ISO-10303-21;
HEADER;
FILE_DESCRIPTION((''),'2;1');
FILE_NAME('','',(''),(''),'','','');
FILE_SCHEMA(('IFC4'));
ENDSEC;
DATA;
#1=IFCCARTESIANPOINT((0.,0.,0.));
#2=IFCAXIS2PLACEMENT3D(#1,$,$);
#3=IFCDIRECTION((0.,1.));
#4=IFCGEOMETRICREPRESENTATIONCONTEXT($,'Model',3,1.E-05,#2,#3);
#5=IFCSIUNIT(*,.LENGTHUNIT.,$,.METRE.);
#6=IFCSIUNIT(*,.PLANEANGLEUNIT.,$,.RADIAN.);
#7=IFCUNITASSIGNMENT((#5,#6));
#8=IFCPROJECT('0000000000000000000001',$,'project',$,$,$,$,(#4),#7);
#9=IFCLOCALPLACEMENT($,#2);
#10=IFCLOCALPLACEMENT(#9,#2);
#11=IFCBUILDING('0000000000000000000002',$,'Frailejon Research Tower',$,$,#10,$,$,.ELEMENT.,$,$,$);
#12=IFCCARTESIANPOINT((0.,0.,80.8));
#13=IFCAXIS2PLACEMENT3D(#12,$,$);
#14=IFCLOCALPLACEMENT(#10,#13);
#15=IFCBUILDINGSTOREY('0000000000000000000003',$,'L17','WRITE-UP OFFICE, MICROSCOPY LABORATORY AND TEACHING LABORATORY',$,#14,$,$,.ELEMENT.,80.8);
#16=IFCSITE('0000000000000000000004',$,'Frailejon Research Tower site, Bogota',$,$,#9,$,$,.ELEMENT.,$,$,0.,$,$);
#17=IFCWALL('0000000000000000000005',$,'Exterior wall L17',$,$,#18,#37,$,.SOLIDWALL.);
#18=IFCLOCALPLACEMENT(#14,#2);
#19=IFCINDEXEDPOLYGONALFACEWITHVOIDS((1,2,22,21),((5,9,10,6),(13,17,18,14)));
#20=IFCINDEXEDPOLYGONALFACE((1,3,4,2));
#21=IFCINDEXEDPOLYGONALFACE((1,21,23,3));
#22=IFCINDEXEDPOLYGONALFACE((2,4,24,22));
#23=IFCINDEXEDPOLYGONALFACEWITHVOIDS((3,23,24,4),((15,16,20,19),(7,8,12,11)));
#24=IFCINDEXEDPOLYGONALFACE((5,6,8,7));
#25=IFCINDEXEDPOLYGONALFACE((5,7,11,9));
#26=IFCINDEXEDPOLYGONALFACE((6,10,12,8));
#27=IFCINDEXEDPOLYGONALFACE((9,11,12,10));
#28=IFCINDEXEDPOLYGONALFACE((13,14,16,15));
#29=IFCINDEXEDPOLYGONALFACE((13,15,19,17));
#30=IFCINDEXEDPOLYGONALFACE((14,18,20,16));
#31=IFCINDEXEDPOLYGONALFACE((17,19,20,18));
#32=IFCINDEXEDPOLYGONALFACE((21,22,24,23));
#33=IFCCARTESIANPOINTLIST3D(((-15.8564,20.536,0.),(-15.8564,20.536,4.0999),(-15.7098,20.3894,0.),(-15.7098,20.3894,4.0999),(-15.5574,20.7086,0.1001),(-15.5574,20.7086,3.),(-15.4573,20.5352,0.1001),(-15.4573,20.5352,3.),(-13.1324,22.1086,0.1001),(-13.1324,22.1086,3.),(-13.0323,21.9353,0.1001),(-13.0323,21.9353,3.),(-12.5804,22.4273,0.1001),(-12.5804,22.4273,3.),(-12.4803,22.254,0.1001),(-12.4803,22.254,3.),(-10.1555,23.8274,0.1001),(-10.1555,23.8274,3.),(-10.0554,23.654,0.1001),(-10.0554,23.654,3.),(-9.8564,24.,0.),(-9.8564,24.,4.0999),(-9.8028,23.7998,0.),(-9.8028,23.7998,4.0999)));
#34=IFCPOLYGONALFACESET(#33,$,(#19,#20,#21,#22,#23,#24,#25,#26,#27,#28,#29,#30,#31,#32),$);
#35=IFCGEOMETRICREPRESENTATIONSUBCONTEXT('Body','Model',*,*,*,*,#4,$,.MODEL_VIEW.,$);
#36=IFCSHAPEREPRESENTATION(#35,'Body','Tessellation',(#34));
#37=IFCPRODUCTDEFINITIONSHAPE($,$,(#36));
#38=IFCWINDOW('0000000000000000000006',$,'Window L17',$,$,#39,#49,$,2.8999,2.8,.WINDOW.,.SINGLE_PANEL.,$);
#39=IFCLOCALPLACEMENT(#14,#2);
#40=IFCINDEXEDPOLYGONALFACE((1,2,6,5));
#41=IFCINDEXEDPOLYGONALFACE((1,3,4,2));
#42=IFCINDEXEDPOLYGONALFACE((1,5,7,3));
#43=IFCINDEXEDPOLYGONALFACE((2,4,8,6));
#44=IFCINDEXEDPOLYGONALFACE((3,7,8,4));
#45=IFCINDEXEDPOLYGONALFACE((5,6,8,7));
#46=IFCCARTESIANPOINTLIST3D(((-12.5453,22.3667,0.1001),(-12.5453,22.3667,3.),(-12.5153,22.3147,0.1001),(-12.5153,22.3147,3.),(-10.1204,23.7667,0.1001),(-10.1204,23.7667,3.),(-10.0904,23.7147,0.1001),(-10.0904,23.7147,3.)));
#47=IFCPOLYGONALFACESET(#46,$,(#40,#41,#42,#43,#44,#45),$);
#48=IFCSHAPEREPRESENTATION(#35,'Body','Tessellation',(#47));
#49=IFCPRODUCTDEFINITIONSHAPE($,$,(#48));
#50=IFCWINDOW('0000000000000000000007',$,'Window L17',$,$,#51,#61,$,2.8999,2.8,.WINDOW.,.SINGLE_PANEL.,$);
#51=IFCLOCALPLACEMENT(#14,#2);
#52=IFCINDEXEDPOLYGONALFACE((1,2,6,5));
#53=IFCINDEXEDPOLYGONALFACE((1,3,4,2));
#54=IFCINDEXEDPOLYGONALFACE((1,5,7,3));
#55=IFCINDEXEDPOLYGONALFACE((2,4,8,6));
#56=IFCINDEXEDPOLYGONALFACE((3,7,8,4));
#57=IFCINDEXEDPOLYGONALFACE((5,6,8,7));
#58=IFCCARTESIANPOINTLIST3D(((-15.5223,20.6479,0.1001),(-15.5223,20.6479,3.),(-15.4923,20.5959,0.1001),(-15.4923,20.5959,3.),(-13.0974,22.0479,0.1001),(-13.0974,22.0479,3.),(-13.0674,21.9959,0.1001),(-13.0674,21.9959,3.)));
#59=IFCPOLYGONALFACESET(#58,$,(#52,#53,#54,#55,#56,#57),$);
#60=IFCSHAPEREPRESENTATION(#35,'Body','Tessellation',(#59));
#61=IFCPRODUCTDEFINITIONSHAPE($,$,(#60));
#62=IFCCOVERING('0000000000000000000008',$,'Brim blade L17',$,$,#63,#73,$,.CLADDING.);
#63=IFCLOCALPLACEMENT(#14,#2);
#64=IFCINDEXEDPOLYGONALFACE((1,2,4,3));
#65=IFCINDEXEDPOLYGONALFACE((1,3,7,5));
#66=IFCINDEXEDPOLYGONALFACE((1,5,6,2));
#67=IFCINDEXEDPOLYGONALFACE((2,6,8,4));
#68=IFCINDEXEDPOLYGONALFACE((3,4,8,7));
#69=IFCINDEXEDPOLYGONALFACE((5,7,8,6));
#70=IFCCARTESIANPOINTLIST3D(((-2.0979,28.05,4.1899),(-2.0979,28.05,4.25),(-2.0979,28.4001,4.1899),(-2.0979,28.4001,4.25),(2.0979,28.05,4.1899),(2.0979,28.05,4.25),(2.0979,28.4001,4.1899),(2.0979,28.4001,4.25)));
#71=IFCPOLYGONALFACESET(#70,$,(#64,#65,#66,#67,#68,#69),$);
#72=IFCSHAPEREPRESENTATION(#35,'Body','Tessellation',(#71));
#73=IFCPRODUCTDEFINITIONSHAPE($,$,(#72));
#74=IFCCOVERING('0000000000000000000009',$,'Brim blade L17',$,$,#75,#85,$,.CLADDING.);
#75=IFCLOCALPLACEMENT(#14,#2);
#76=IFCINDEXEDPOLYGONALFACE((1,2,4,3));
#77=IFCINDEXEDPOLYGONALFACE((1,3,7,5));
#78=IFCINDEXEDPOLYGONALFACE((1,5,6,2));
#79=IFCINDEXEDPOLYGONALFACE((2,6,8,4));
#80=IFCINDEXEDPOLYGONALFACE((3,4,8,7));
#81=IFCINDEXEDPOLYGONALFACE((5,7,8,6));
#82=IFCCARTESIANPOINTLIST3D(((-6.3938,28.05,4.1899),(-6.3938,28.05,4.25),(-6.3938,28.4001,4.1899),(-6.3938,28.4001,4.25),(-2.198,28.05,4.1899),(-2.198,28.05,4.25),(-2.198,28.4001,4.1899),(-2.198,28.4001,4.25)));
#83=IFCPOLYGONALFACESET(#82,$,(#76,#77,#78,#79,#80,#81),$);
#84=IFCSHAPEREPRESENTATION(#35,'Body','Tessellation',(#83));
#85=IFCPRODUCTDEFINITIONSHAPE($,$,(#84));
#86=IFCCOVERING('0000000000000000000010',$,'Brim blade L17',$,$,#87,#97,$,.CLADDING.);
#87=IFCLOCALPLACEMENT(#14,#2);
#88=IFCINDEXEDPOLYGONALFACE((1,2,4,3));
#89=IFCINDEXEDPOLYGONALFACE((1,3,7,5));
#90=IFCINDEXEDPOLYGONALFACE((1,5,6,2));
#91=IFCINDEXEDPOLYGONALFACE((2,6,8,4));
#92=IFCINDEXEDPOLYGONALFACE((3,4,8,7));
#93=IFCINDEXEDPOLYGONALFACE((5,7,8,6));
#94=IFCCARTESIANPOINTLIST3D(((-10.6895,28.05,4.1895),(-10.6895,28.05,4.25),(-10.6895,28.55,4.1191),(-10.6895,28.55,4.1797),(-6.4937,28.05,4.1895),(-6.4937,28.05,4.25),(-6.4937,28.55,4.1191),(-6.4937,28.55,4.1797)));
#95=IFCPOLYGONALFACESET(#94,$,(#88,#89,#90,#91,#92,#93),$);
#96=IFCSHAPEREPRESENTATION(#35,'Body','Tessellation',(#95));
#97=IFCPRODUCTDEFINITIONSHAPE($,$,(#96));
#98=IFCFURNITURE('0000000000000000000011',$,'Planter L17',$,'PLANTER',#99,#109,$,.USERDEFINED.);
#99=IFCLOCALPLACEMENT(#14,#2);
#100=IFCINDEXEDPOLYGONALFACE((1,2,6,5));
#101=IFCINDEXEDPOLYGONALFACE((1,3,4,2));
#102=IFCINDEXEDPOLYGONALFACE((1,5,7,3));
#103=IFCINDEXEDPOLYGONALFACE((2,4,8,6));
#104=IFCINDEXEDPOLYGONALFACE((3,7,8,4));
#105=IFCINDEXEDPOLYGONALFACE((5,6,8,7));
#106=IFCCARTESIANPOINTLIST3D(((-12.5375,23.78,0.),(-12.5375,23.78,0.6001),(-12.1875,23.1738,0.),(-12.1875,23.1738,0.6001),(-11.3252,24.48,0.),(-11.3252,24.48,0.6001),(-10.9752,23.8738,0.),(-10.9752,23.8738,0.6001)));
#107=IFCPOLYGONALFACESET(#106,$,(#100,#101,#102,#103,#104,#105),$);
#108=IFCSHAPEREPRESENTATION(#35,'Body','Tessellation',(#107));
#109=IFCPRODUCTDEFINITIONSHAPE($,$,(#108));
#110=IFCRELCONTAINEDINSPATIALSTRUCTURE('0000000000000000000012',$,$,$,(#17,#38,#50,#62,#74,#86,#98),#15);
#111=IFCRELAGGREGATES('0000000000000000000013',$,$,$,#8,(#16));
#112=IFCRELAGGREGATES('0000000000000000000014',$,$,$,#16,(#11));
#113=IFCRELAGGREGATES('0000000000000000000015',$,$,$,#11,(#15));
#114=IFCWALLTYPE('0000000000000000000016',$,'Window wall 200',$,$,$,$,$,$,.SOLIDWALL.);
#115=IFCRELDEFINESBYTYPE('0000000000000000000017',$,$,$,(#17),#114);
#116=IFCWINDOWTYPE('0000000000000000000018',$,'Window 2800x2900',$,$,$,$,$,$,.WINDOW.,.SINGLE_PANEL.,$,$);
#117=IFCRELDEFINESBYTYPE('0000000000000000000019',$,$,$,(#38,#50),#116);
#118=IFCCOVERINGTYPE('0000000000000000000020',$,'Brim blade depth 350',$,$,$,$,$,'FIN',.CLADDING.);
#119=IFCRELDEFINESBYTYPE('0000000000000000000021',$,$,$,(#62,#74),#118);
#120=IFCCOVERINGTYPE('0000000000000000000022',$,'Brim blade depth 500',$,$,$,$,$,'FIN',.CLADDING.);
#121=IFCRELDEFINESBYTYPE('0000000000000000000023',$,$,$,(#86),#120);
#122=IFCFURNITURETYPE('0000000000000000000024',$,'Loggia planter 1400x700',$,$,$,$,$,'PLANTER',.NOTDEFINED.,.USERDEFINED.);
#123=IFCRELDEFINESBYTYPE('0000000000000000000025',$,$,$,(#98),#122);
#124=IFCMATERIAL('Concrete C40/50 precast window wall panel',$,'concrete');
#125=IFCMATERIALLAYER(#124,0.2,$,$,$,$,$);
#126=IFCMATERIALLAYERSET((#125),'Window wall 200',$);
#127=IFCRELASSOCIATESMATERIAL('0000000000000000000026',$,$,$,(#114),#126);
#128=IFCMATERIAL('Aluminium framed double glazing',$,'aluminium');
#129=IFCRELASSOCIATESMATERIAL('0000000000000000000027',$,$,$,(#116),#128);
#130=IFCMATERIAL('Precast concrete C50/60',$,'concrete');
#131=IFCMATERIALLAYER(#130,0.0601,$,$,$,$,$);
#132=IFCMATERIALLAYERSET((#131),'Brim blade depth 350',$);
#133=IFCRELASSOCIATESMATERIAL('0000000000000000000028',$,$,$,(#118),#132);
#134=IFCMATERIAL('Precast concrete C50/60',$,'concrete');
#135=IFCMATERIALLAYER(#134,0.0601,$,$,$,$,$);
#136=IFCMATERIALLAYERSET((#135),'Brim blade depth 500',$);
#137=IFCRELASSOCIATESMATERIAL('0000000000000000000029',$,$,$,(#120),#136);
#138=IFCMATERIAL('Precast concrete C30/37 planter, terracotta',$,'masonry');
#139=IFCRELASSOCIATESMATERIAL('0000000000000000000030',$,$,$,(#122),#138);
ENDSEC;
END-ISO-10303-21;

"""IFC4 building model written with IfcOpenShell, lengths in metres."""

from ifc_helpers import new_model, si_unit, direction, frame, frame_2d, origin, origin_2d, place, context, subcontext, project, spatial, polyline, rectangle, outline, extrude, material, layer, layer_set, type_object, element, fill, save


model = new_model("IFC4")

# Units and contexts
model_context = context("Model", 3, precision=1e-05, world=origin(), true_north=direction((0.0, 1.0)))
body_context = subcontext(model_context, "Body", "Model", "MODEL_VIEW")
ifc_project = project(units=[si_unit("LENGTHUNIT", "METRE"), si_unit("PLANEANGLEUNIT", "RADIAN")], contexts=[model_context])

# Site, building, storey
site_placement = place(None, origin())
site = spatial("IfcSite", under=ifc_project, at=site_placement, Name="Frailejon Research Tower site, Bogota", CompositionType="ELEMENT", RefElevation=0.0)
building_placement = place(site_placement, origin())
building = spatial("IfcBuilding", under=site, at=building_placement, Name="Frailejon Research Tower", CompositionType="ELEMENT")
storey_placement = place(building_placement, frame((0.0, 0.0, 80.8)))
storey = spatial("IfcBuildingStorey", under=building, at=storey_placement, Name="L17", Description="WRITE-UP OFFICE, MICROSCOPY LABORATORY AND TEACHING LABORATORY", CompositionType="ELEMENT", Elevation=80.8)

# Wall, openings, windows
ifc_material_1 = material(Name="Concrete C40/50 precast window wall panel", Category="concrete")
ifc_layer_1 = layer(ifc_material_1, 0.2)
ifc_layer_set_1 = layer_set([ifc_layer_1], Name="Window wall 200")
wall_type_1 = type_object("IfcWallType", Name="Window wall 200", PredefinedType="SOLIDWALL", material=ifc_layer_set_1)
wall_1_placement = place(storey_placement, frame((-9.8296, 23.8999, 0.0), z_axis=(0.0, 0.0, 1.0), x_axis=(-0.866029, -0.499993, 0.0)))
wall_1 = element("IfcWall", 1, at=wall_1_placement, inside=storey, type_object=wall_type_1, Name="Exterior wall L17", PredefinedType="SOLIDWALL", context=body_context, shape_type="SweptSolid", body=[
    extrude(outline(polyline([(-0.0269, -0.1001), (1.1279, -0.1001), (2.2825, -0.1001), (3.4373, -0.1001), (4.592, -0.1001), (5.7466, -0.1001), (6.9014, -0.1001), (6.8477, 0.1001), (5.7109, 0.1001), (4.574, 0.1001), (3.4373, 0.1001), (2.3005, 0.1001), (1.1636, 0.1001), (0.0269, 0.1001), (-0.0269, -0.1001)])), origin(), (0.0, 0.0, 1.0), 4.0999),
])
opening_1_placement = place(wall_1_placement, frame((0.3186, 0.0, 0.1001)))
opening_1 = element("IfcOpeningElement", 2, at=opening_1_placement, cuts=wall_1, PredefinedType="OPENING", context=body_context, shape_type="SweptSolid", body=[
    extrude(rectangle(XDim=2.8, YDim=2.8999, at=frame_2d((1.3999, 1.45))), frame((0.0, 0.1099, 0.0), z_axis=(0.0, -1.0, 0.0), x_axis=(1.0, 0.0, 0.0)), (0.0, 0.0, 1.0), 0.22),
])
opening_2_placement = place(wall_1_placement, frame((3.7561, 0.0, 0.1001)))
opening_2 = element("IfcOpeningElement", 3, at=opening_2_placement, cuts=wall_1, PredefinedType="OPENING", context=body_context, shape_type="SweptSolid", body=[
    extrude(rectangle(XDim=2.8, YDim=2.8999, at=frame_2d((1.3999, 1.45))), frame((0.0, 0.1099, 0.0), z_axis=(0.0, -1.0, 0.0), x_axis=(1.0, 0.0, 0.0)), (0.0, 0.0, 1.0), 0.22),
])
ifc_material_2 = material(Name="Aluminium framed double glazing", Category="aluminium")
window_type = type_object("IfcWindowType", Name="Window 2800x2900", PartitioningType="SINGLE_PANEL", PredefinedType="WINDOW", material=ifc_material_2)
window_1_placement = place(opening_1_placement, origin())
window_1 = element("IfcWindow", 4, at=window_1_placement, inside=storey, type_object=window_type, Name="Window L17", OverallHeight=2.8999, OverallWidth=2.8, PartitioningType="SINGLE_PANEL", PredefinedType="WINDOW", context=body_context, shape_type="SweptSolid", body=[
    extrude(rectangle(XDim=2.8, YDim=2.8999, at=frame_2d((1.3999, 1.45))), frame((0.0, 0.03, 0.0), z_axis=(0.0, -1.0, 0.0), x_axis=(1.0, 0.0, 0.0)), (0.0, 0.0, 1.0), 0.0601),
])
fill(opening_1, window_1)
window_2_placement = place(opening_2_placement, origin())
window_2 = element("IfcWindow", 5, at=window_2_placement, inside=storey, type_object=window_type, Name="Window L17", OverallHeight=2.8999, OverallWidth=2.8, PartitioningType="SINGLE_PANEL", PredefinedType="WINDOW", context=body_context, shape_type="SweptSolid", body=[
    extrude(rectangle(XDim=2.8, YDim=2.8999, at=frame_2d((1.3999, 1.45))), frame((0.0, 0.03, 0.0), z_axis=(0.0, -1.0, 0.0), x_axis=(1.0, 0.0, 0.0)), (0.0, 0.0, 1.0), 0.0601),
])
fill(opening_2, window_2)

# Coverings
ifc_material_3 = material(Name="Precast concrete C50/60", Category="concrete")
ifc_layer_2 = layer(ifc_material_3, 0.0601)
ifc_layer_set_2 = layer_set([ifc_layer_2], Name="Brim blade depth 350")
covering_type_1 = type_object("IfcCoveringType", Name="Brim blade depth 350", ElementType="FIN", PredefinedType="CLADDING", material=ifc_layer_set_2)
for number, where, z_axis, x_axis, name in (
    (6, (-2.0979, 28.05, 4.25), (1.0, 0.0, 0.0), (0.0, 1.0, 0.0), "Brim blade L17"),
    (7, (-6.3938, 28.05, 4.25), (1.0, 0.0, 0.0), (0.0, 1.0, 0.0), "Brim blade L17"),
):
    element("IfcCovering", number, at=place(storey_placement, frame(where, z_axis=z_axis, x_axis=x_axis)), inside=storey, type_object=covering_type_1, Name=name, PredefinedType="CLADDING", context=body_context, shape_type="SweptSolid", body=[
        extrude(outline(polyline([(0.0, -0.0601), (0.3501, -0.0601), (0.3501, 0.0), (0.0, 0.0), (0.0, -0.0601)])), origin(), (0.0, 0.0, 1.0), 4.1958),
    ])
ifc_material_4 = material(Name="Precast concrete C50/60", Category="concrete")
ifc_layer_3 = layer(ifc_material_4, 0.0601)
ifc_layer_set_3 = layer_set([ifc_layer_3], Name="Brim blade depth 500")
covering_type_2 = type_object("IfcCoveringType", Name="Brim blade depth 500", ElementType="FIN", PredefinedType="CLADDING", material=ifc_layer_set_3)
covering_placement = place(storey_placement, frame((-10.6895, 28.05, 4.25), z_axis=(1.0, 0.0, 0.0), x_axis=(0.0, 1.0, 0.0)))
element("IfcCovering", 8, at=covering_placement, inside=storey, type_object=covering_type_2, Name="Brim blade L17", PredefinedType="CLADDING", context=body_context, shape_type="SweptSolid", body=[
    extrude(outline(polyline([(0.0, -0.0605), (0.5, -0.1309), (0.5, -0.0703), (0.0, 0.0), (0.0, -0.0605)])), origin(), (0.0, 0.0, 1.0), 4.1958),
])

# Furniture
ifc_material_5 = material(Name="Precast concrete C30/37 planter, terracotta", Category="masonry")
furniture_type = type_object("IfcFurnitureType", Name="Loggia planter 1400x700", ElementType="PLANTER", AssemblyPlace="NOTDEFINED", PredefinedType="USERDEFINED", material=ifc_material_5)
furniture_placement = place(storey_placement, frame((-11.7563, 23.8269, 0.0), z_axis=(0.0, 0.0, 1.0), x_axis=(-0.866025, -0.5, 0.0)))
element("IfcFurniture", 9, at=furniture_placement, inside=storey, type_object=furniture_type, Name="Planter L17", ObjectType="PLANTER", PredefinedType="USERDEFINED", context=body_context, shape_type="SweptSolid", body=[
    extrude(rectangle(XDim=1.3999, YDim=0.7, at=origin_2d()), origin(), (0.0, 0.0, 1.0), 0.6001),
])

save(model, "model.ifc")
